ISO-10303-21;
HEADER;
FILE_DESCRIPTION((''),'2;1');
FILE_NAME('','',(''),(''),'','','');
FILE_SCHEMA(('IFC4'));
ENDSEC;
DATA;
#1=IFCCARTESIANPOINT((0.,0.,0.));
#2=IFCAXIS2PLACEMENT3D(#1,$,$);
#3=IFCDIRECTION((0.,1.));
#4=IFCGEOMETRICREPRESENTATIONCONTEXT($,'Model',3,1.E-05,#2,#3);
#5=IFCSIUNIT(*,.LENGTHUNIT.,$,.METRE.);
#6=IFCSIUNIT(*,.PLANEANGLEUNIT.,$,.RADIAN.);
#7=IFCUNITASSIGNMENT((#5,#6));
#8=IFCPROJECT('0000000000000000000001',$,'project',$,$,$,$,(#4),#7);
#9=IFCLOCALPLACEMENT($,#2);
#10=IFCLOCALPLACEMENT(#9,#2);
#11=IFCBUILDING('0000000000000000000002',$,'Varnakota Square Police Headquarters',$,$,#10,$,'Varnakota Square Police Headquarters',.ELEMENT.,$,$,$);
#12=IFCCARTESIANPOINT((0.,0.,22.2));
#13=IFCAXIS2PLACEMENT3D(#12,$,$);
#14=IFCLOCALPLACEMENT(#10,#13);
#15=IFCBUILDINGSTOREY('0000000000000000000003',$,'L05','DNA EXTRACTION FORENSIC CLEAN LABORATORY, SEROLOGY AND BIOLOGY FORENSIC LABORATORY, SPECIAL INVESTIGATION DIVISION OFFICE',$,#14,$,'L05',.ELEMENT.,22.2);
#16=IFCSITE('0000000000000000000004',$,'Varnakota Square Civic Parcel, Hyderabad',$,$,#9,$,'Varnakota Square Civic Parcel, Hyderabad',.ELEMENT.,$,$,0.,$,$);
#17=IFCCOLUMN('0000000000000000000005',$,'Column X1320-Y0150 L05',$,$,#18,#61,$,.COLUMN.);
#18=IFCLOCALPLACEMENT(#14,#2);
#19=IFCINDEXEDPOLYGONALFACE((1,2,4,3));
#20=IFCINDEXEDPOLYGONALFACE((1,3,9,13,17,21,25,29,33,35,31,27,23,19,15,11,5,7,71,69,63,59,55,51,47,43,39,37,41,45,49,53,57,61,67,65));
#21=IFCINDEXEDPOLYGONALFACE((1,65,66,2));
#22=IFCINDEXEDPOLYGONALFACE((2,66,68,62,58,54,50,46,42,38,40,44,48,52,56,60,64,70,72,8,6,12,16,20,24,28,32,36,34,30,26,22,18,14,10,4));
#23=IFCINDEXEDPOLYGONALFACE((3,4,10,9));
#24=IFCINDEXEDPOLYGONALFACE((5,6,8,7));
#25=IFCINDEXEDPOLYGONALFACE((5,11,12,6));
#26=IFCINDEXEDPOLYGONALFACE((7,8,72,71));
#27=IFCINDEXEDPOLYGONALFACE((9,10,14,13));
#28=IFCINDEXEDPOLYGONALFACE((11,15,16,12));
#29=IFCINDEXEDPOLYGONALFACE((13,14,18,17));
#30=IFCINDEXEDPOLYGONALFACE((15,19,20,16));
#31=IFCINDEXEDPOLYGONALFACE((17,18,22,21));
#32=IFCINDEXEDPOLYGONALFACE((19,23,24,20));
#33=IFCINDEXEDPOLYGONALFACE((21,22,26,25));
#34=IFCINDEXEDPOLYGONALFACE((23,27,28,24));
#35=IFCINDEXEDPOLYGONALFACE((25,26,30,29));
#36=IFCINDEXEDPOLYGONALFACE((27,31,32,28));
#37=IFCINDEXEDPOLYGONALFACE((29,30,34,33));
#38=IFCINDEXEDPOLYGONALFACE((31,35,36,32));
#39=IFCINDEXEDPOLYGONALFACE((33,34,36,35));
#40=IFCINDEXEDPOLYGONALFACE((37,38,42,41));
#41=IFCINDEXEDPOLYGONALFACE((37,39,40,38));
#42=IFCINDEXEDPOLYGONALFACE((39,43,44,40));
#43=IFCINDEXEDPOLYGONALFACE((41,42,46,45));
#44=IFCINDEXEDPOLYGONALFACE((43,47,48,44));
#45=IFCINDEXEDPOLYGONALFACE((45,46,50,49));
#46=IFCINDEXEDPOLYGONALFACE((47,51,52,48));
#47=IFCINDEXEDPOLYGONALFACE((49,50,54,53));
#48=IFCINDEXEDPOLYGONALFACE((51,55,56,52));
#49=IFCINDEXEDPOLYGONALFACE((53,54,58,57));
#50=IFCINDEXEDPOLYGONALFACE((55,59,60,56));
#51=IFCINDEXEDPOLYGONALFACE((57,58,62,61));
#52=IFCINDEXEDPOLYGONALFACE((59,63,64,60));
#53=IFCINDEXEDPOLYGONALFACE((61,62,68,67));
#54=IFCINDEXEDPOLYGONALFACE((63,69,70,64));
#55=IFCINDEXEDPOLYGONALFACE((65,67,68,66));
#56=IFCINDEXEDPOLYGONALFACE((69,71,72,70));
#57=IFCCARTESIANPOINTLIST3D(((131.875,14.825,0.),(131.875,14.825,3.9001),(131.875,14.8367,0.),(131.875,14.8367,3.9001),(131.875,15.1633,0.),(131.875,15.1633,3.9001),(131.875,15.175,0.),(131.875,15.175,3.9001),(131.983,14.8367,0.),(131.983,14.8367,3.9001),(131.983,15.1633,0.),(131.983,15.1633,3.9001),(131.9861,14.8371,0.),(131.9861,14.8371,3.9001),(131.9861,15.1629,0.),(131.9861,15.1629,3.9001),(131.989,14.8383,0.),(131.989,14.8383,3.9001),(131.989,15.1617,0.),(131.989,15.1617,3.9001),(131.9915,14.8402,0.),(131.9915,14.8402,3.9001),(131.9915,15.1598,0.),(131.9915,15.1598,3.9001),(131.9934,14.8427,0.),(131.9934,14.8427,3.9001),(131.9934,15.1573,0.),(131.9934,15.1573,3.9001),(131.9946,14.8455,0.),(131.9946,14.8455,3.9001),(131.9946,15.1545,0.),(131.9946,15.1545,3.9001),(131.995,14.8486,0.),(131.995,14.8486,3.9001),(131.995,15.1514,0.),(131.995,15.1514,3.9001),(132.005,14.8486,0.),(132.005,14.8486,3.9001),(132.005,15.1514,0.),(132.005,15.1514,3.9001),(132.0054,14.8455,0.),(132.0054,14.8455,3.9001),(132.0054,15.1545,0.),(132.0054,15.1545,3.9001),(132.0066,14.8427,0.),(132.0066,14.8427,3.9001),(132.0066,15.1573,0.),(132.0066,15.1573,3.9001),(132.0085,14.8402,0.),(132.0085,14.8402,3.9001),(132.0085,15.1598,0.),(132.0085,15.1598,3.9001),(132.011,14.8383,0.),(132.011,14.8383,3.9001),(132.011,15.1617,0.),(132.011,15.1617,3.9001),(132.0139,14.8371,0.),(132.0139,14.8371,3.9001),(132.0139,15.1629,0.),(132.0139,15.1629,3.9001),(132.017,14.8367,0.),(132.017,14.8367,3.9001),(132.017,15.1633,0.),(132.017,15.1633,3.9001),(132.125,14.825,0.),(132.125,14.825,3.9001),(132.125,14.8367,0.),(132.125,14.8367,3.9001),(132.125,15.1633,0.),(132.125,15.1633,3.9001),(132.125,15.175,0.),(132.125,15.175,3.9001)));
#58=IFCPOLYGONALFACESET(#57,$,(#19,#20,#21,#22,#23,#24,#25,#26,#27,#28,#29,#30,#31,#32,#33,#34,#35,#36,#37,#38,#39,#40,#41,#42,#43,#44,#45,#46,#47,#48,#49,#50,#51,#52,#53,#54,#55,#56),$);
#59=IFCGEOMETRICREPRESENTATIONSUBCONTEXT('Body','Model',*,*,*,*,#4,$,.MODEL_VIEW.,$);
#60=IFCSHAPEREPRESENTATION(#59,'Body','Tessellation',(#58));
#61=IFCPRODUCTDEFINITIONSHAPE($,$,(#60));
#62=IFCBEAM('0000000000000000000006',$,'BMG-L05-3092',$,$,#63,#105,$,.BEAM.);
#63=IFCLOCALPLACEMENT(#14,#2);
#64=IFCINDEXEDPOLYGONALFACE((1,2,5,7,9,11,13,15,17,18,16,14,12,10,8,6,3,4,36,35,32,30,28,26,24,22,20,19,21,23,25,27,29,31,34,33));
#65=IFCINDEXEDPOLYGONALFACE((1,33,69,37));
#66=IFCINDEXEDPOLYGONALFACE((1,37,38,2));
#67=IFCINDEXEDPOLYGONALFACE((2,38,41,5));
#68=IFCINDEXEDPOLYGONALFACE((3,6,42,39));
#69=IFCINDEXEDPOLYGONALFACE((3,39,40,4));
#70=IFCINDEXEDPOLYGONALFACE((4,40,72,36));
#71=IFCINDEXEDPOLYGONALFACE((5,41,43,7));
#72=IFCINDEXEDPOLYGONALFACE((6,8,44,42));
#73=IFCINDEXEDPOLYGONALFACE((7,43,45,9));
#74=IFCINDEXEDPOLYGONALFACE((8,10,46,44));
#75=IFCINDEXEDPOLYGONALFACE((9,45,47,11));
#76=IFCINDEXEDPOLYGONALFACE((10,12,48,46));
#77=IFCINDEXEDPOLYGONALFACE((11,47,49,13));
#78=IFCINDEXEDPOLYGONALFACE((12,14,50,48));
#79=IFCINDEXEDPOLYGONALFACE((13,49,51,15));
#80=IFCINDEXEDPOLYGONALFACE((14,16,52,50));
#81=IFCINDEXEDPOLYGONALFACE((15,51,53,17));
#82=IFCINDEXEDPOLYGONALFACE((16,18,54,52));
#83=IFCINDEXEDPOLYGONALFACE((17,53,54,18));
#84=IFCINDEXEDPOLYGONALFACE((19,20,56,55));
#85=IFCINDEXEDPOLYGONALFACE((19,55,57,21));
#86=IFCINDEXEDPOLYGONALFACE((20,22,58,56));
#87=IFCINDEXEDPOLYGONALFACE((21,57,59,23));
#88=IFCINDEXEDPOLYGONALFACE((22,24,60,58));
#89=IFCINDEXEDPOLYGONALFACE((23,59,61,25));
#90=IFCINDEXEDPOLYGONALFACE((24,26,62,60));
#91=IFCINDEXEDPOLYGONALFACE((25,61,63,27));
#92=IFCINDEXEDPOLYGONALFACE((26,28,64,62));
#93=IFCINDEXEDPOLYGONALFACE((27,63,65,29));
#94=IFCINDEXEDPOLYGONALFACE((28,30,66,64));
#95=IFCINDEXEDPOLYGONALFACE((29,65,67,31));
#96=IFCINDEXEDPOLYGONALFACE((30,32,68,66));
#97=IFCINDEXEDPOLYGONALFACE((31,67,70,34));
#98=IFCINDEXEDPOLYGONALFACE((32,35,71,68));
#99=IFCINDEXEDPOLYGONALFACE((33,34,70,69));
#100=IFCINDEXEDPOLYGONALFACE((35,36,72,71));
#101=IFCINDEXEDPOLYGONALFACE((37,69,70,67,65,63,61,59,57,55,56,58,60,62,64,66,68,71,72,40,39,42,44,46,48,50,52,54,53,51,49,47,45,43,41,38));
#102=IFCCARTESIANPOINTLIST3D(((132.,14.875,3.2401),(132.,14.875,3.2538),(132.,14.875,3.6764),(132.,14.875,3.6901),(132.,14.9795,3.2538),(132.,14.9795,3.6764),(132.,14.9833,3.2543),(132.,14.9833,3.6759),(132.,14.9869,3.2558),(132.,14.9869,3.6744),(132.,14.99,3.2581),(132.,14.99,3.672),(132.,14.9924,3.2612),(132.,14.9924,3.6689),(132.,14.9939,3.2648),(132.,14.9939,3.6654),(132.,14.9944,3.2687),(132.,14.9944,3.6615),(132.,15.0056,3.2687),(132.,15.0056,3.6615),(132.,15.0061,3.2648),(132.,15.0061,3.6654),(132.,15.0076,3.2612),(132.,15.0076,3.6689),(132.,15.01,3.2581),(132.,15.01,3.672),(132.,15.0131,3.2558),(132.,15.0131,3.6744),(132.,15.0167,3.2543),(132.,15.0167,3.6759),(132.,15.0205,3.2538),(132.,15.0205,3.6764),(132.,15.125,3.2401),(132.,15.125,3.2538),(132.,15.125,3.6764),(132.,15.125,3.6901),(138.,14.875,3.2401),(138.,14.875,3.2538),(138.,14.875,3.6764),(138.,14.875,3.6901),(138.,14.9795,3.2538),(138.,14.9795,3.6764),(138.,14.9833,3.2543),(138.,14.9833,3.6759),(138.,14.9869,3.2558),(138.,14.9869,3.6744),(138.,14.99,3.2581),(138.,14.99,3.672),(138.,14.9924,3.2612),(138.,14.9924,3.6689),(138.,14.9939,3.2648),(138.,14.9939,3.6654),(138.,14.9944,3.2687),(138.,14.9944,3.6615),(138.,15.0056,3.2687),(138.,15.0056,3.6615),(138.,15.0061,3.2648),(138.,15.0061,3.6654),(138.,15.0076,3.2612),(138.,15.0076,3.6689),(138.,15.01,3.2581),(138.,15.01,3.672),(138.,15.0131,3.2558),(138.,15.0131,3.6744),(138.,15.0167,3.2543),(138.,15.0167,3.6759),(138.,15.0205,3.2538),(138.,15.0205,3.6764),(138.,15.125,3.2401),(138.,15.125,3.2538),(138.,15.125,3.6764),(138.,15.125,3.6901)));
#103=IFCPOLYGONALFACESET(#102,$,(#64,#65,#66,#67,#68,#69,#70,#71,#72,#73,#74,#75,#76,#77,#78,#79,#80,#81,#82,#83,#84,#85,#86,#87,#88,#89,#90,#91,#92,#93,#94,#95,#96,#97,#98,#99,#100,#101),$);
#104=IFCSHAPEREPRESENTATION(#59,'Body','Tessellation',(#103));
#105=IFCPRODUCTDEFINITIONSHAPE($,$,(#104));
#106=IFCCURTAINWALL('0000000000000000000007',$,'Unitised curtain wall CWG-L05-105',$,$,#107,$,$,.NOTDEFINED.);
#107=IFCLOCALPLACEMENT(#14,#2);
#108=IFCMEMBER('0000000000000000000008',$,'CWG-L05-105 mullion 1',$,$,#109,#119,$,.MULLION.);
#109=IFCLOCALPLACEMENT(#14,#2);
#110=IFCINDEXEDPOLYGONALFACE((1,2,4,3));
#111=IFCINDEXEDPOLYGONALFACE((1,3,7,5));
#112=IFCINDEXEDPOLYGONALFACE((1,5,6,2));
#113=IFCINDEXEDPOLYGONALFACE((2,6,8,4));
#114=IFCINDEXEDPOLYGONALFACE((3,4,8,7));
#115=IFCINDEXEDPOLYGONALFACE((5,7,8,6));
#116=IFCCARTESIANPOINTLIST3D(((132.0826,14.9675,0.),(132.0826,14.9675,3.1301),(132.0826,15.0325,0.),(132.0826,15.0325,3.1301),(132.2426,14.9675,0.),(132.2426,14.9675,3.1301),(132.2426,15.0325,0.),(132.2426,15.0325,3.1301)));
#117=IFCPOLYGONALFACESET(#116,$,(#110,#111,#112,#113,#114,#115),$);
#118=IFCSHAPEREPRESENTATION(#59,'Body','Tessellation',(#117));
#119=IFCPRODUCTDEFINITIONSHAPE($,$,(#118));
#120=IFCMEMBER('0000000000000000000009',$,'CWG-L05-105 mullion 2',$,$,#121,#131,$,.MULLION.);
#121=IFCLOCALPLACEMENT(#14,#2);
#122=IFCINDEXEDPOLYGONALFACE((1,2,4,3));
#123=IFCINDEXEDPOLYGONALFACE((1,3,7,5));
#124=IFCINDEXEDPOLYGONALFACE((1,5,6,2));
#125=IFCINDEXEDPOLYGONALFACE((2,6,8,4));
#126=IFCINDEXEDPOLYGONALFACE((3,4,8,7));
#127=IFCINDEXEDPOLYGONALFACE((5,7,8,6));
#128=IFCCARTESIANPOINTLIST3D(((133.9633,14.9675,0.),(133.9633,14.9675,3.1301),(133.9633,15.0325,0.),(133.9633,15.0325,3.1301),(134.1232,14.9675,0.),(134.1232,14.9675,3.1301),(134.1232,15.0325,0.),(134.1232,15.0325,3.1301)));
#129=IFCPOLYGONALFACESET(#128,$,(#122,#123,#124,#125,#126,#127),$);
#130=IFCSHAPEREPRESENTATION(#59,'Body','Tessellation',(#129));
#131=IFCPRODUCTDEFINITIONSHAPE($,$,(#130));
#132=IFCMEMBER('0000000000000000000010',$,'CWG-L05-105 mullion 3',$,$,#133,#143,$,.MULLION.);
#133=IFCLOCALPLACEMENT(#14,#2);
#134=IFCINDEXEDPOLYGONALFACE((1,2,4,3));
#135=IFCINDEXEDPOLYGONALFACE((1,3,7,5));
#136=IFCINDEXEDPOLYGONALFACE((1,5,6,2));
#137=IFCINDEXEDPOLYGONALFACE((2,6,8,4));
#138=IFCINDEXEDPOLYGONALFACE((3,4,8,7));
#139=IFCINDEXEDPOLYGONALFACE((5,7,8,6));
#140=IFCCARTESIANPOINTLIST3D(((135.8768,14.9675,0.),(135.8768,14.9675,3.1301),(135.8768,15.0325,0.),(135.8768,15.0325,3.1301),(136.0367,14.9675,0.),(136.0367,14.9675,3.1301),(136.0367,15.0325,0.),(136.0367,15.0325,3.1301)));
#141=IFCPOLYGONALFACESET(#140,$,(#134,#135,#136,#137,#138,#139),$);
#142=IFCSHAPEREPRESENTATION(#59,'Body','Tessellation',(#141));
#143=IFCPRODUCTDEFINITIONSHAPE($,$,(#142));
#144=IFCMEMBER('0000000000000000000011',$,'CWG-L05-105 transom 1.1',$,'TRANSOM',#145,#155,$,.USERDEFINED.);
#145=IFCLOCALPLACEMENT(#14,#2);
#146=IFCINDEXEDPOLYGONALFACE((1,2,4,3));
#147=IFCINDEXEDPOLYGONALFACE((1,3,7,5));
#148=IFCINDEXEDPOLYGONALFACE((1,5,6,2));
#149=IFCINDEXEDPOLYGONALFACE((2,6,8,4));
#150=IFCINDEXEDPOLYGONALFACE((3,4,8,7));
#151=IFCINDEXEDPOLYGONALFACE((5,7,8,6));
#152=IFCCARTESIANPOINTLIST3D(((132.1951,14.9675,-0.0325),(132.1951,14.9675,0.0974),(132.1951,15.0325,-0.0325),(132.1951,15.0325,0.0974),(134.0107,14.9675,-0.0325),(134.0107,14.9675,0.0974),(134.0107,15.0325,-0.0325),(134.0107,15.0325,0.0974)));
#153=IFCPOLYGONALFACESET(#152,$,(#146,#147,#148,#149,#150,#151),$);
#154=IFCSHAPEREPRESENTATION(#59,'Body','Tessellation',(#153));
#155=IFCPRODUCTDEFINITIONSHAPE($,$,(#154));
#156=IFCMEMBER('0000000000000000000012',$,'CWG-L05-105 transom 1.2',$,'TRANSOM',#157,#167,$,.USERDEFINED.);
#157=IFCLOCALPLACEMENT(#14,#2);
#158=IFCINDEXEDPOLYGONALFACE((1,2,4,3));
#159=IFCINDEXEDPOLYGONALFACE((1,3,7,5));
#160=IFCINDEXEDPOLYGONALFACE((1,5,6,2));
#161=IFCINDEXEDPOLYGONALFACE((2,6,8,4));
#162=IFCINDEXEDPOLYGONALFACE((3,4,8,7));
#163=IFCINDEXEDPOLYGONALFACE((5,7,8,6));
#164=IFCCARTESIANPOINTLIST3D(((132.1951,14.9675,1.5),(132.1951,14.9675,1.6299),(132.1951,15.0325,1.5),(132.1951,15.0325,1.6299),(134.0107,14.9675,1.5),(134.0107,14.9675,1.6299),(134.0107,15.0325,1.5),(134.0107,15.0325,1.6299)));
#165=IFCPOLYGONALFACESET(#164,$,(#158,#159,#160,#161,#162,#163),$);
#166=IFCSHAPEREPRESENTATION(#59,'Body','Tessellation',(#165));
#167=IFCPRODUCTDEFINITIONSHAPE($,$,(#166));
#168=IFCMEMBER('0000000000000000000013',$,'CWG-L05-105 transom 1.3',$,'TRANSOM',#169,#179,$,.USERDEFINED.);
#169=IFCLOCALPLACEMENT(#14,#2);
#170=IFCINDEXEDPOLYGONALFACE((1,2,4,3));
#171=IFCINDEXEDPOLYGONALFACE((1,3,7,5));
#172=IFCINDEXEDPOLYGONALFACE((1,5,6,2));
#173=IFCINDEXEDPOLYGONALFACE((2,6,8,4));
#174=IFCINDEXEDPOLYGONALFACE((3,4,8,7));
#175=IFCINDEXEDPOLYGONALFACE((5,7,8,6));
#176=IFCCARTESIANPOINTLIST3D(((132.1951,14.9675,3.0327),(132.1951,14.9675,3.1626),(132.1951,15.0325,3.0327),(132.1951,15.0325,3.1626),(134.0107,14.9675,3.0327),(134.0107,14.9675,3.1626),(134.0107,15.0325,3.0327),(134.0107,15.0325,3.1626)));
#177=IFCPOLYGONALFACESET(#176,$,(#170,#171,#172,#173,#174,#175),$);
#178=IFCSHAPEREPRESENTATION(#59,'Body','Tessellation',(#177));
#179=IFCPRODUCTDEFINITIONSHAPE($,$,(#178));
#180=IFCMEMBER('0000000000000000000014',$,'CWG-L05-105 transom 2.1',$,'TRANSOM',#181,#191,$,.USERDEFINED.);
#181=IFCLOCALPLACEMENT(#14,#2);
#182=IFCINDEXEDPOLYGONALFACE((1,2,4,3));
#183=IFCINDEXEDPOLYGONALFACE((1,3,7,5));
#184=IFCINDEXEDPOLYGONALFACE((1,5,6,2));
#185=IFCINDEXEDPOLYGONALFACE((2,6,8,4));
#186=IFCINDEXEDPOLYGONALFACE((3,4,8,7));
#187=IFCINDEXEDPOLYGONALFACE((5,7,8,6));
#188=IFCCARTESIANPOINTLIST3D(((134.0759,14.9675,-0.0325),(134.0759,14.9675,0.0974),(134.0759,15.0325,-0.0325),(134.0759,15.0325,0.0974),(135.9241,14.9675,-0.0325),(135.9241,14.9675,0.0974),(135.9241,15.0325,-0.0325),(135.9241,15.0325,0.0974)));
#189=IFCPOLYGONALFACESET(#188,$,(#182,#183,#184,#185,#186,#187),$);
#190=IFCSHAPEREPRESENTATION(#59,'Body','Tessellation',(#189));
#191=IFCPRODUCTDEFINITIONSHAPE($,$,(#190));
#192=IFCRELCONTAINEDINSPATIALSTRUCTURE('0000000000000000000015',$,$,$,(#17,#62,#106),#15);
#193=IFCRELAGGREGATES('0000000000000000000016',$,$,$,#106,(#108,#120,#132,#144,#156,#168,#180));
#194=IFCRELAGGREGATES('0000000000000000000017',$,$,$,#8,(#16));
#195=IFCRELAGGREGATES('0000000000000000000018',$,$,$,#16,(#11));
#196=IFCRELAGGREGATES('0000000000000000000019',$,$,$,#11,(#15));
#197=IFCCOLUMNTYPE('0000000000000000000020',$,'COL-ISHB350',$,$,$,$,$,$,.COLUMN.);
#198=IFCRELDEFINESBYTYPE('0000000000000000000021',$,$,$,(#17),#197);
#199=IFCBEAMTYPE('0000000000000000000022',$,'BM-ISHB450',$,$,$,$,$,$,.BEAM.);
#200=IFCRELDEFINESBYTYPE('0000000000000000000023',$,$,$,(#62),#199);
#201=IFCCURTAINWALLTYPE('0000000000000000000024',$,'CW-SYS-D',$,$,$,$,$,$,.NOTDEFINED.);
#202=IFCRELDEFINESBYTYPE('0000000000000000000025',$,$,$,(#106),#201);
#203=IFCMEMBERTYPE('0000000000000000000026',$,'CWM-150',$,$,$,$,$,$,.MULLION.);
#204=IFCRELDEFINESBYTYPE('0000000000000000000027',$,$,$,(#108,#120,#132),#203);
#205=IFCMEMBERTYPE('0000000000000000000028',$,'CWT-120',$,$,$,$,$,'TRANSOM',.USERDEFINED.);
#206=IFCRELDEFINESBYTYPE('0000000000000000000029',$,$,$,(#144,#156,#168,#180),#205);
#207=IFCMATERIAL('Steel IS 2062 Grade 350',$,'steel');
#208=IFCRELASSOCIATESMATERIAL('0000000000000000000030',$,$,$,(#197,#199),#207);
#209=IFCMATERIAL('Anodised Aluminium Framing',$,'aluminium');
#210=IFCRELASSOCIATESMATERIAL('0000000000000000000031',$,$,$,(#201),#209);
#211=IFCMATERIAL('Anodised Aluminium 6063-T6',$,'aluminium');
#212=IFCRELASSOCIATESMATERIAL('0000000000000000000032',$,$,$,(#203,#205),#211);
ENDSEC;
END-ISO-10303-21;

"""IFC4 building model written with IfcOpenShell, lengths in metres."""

from ifc_helpers import new_model, si_unit, direction, frame, origin, origin_2d, place, context, subcontext, project, spatial, rectangle, i_section, extrude, material, material_profile, profile_set, type_object, element, aggregate, save


model = new_model("IFC4")

# Units and contexts
model_context = context("Model", 3, precision=1e-05, world=origin(), true_north=direction((0.0, 1.0)))
body_context = subcontext(model_context, "Body", "Model", "MODEL_VIEW")
ifc_project = project(units=[si_unit("LENGTHUNIT", "METRE"), si_unit("PLANEANGLEUNIT", "RADIAN")], contexts=[model_context])

# Site, building, storey
site_placement = place(None, origin())
site = spatial("IfcSite", under=ifc_project, at=site_placement, Name="Varnakota Square Civic Parcel, Hyderabad", LongName="Varnakota Square Civic Parcel, Hyderabad", CompositionType="ELEMENT", RefElevation=0.0)
building_placement = place(site_placement, origin())
building = spatial("IfcBuilding", under=site, at=building_placement, Name="Varnakota Square Police Headquarters", LongName="Varnakota Square Police Headquarters", CompositionType="ELEMENT")
storey_placement = place(building_placement, frame((0.0, 0.0, 22.2)))
storey = spatial("IfcBuildingStorey", under=building, at=storey_placement, Name="L05", Description="DNA EXTRACTION FORENSIC CLEAN LABORATORY, SEROLOGY AND BIOLOGY FORENSIC LABORATORY, SPECIAL INVESTIGATION DIVISION OFFICE", LongName="L05", CompositionType="ELEMENT", Elevation=22.2)

# Column
ifc_material_1 = material(Name="Steel IS 2062 Grade 350", Category="steel")
ifc_material_profile_1 = material_profile(ifc_material_1, i_section(OverallWidth=0.25, OverallDepth=0.3501, WebThickness=0.01, FlangeThickness=0.0117, FilletRadius=0.012, at=origin_2d()), Name="ISHB 350")
ifc_profile_set_1 = profile_set([ifc_material_profile_1], Name="Steel IS 2062 Grade 350")
column_type = type_object("IfcColumnType", Name="COL-ISHB350", PredefinedType="COLUMN", material=ifc_profile_set_1)
column_placement = place(storey_placement, frame((132.0, 15.0, 0.0), z_axis=(0.0, 0.0, 1.0), x_axis=(1.0, 0.0, 0.0)))
element("IfcColumn", 1, at=column_placement, inside=storey, type_object=column_type, Name="Column X1320-Y0150 L05", PredefinedType="COLUMN", context=body_context, shape_type="SweptSolid", body=[
    extrude(i_section(OverallWidth=0.25, OverallDepth=0.3501, WebThickness=0.01, FlangeThickness=0.0117, FilletRadius=0.012, at=origin_2d()), origin(), (0.0, 0.0, 1.0), 3.9001),
])

# Beam
ifc_material_profile_2 = material_profile(ifc_material_1, i_section(OverallWidth=0.25, OverallDepth=0.45, WebThickness=0.0112, FlangeThickness=0.0137, FilletRadius=0.0149, at=origin_2d()), Name="ISHB 450")
ifc_profile_set_2 = profile_set([ifc_material_profile_2], Name="Steel IS 2062 Grade 350")
beam_type = type_object("IfcBeamType", Name="BM-ISHB450", PredefinedType="BEAM", material=ifc_profile_set_2)
beam_placement = place(storey_placement, frame((132.0, 15.0, 3.4651), z_axis=(1.0, 0.0, 0.0), x_axis=(0.0, 1.0, 0.0)))
element("IfcBeam", 2, at=beam_placement, inside=storey, type_object=beam_type, Name="BMG-L05-3092", PredefinedType="BEAM", context=body_context, shape_type="SweptSolid", body=[
    extrude(i_section(OverallWidth=0.25, OverallDepth=0.45, WebThickness=0.0112, FlangeThickness=0.0137, FilletRadius=0.0149, at=origin_2d()), origin(), (0.0, 0.0, 1.0), 6.0),
])

# Curtain wall, members
ifc_material_2 = material(Name="Anodised Aluminium Framing", Category="aluminium")
curtain_wall_type = type_object("IfcCurtainWallType", Name="CW-SYS-D", PredefinedType="NOTDEFINED", material=ifc_material_2)
curtain_wall_placement = place(storey_placement, origin())
curtain_wall = element("IfcCurtainWall", 3, at=curtain_wall_placement, inside=storey, type_object=curtain_wall_type, Name="Unitised curtain wall CWG-L05-105", PredefinedType="NOTDEFINED")
ifc_material_3 = material(Name="Anodised Aluminium 6063-T6", Category="aluminium")
ifc_material_profile_3 = material_profile(ifc_material_3, rectangle(XDim=0.0649, YDim=0.1599, at=origin_2d()), Name="ALU MULLION 65x160")
ifc_profile_set_3 = profile_set([ifc_material_profile_3], Name="Anodised Aluminium 6063-T6")
member_type_1 = type_object("IfcMemberType", Name="CWM-150", PredefinedType="MULLION", material=ifc_profile_set_3)
member_1_placement = place(storey_placement, frame((132.1626, 15.0, 0.0), z_axis=(0.0, 0.0, 1.0), x_axis=(0.0, 1.0, 0.0)))
member_1 = element("IfcMember", 4, at=member_1_placement, type_object=member_type_1, Name="CWG-L05-105 mullion 1", PredefinedType="MULLION", context=body_context, shape_type="SweptSolid", body=[
    extrude(rectangle(XDim=0.0649, YDim=0.1599, at=origin_2d()), origin(), (0.0, 0.0, 1.0), 3.1301),
])
member_2_placement = place(storey_placement, frame((134.0432, 15.0, 0.0), z_axis=(0.0, 0.0, 1.0), x_axis=(0.0, 1.0, 0.0)))
member_2 = element("IfcMember", 5, at=member_2_placement, type_object=member_type_1, Name="CWG-L05-105 mullion 2", PredefinedType="MULLION", context=body_context, shape_type="SweptSolid", body=[
    extrude(rectangle(XDim=0.0649, YDim=0.1599, at=origin_2d()), origin(), (0.0, 0.0, 1.0), 3.1301),
])
member_3_placement = place(storey_placement, frame((135.9568, 15.0, 0.0), z_axis=(0.0, 0.0, 1.0), x_axis=(0.0, 1.0, 0.0)))
member_3 = element("IfcMember", 6, at=member_3_placement, type_object=member_type_1, Name="CWG-L05-105 mullion 3", PredefinedType="MULLION", context=body_context, shape_type="SweptSolid", body=[
    extrude(rectangle(XDim=0.0649, YDim=0.1599, at=origin_2d()), origin(), (0.0, 0.0, 1.0), 3.1301),
])
ifc_material_profile_4 = material_profile(ifc_material_3, rectangle(XDim=0.0649, YDim=0.1299, at=origin_2d()), Name="ALU TRANSOM 65x130")
ifc_profile_set_4 = profile_set([ifc_material_profile_4], Name="Anodised Aluminium 6063-T6")
member_type_2 = type_object("IfcMemberType", Name="CWT-120", ElementType="TRANSOM", PredefinedType="USERDEFINED", material=ifc_profile_set_4)
member_4_placement = place(storey_placement, frame((132.1951, 15.0, 0.0325), z_axis=(1.0, 0.0, 0.0), x_axis=(0.0, 1.0, 0.0)))
member_4 = element("IfcMember", 7, at=member_4_placement, type_object=member_type_2, Name="CWG-L05-105 transom 1.1", ObjectType="TRANSOM", PredefinedType="USERDEFINED", context=body_context, shape_type="SweptSolid", body=[
    extrude(rectangle(XDim=0.0649, YDim=0.1299, at=origin_2d()), origin(), (0.0, 0.0, 1.0), 1.8157),
])
member_5_placement = place(storey_placement, frame((132.1951, 15.0, 1.5649), z_axis=(1.0, 0.0, 0.0), x_axis=(0.0, 1.0, 0.0)))
member_5 = element("IfcMember", 8, at=member_5_placement, type_object=member_type_2, Name="CWG-L05-105 transom 1.2", ObjectType="TRANSOM", PredefinedType="USERDEFINED", context=body_context, shape_type="SweptSolid", body=[
    extrude(rectangle(XDim=0.0649, YDim=0.1299, at=origin_2d()), origin(), (0.0, 0.0, 1.0), 1.8157),
])
member_6_placement = place(storey_placement, frame((132.1951, 15.0, 3.0977), z_axis=(1.0, 0.0, 0.0), x_axis=(0.0, 1.0, 0.0)))
member_6 = element("IfcMember", 9, at=member_6_placement, type_object=member_type_2, Name="CWG-L05-105 transom 1.3", ObjectType="TRANSOM", PredefinedType="USERDEFINED", context=body_context, shape_type="SweptSolid", body=[
    extrude(rectangle(XDim=0.0649, YDim=0.1299, at=origin_2d()), origin(), (0.0, 0.0, 1.0), 1.8157),
])
member_7_placement = place(storey_placement, frame((134.0759, 15.0, 0.0325), z_axis=(1.0, 0.0, 0.0), x_axis=(0.0, 1.0, 0.0)))
member_7 = element("IfcMember", 10, at=member_7_placement, type_object=member_type_2, Name="CWG-L05-105 transom 2.1", ObjectType="TRANSOM", PredefinedType="USERDEFINED", context=body_context, shape_type="SweptSolid", body=[
    extrude(rectangle(XDim=0.0649, YDim=0.1299, at=origin_2d()), origin(), (0.0, 0.0, 1.0), 1.8481),
])
aggregate(curtain_wall, [member_1, member_2, member_3, member_4, member_5, member_6, member_7])

save(model, "model.ifc")
